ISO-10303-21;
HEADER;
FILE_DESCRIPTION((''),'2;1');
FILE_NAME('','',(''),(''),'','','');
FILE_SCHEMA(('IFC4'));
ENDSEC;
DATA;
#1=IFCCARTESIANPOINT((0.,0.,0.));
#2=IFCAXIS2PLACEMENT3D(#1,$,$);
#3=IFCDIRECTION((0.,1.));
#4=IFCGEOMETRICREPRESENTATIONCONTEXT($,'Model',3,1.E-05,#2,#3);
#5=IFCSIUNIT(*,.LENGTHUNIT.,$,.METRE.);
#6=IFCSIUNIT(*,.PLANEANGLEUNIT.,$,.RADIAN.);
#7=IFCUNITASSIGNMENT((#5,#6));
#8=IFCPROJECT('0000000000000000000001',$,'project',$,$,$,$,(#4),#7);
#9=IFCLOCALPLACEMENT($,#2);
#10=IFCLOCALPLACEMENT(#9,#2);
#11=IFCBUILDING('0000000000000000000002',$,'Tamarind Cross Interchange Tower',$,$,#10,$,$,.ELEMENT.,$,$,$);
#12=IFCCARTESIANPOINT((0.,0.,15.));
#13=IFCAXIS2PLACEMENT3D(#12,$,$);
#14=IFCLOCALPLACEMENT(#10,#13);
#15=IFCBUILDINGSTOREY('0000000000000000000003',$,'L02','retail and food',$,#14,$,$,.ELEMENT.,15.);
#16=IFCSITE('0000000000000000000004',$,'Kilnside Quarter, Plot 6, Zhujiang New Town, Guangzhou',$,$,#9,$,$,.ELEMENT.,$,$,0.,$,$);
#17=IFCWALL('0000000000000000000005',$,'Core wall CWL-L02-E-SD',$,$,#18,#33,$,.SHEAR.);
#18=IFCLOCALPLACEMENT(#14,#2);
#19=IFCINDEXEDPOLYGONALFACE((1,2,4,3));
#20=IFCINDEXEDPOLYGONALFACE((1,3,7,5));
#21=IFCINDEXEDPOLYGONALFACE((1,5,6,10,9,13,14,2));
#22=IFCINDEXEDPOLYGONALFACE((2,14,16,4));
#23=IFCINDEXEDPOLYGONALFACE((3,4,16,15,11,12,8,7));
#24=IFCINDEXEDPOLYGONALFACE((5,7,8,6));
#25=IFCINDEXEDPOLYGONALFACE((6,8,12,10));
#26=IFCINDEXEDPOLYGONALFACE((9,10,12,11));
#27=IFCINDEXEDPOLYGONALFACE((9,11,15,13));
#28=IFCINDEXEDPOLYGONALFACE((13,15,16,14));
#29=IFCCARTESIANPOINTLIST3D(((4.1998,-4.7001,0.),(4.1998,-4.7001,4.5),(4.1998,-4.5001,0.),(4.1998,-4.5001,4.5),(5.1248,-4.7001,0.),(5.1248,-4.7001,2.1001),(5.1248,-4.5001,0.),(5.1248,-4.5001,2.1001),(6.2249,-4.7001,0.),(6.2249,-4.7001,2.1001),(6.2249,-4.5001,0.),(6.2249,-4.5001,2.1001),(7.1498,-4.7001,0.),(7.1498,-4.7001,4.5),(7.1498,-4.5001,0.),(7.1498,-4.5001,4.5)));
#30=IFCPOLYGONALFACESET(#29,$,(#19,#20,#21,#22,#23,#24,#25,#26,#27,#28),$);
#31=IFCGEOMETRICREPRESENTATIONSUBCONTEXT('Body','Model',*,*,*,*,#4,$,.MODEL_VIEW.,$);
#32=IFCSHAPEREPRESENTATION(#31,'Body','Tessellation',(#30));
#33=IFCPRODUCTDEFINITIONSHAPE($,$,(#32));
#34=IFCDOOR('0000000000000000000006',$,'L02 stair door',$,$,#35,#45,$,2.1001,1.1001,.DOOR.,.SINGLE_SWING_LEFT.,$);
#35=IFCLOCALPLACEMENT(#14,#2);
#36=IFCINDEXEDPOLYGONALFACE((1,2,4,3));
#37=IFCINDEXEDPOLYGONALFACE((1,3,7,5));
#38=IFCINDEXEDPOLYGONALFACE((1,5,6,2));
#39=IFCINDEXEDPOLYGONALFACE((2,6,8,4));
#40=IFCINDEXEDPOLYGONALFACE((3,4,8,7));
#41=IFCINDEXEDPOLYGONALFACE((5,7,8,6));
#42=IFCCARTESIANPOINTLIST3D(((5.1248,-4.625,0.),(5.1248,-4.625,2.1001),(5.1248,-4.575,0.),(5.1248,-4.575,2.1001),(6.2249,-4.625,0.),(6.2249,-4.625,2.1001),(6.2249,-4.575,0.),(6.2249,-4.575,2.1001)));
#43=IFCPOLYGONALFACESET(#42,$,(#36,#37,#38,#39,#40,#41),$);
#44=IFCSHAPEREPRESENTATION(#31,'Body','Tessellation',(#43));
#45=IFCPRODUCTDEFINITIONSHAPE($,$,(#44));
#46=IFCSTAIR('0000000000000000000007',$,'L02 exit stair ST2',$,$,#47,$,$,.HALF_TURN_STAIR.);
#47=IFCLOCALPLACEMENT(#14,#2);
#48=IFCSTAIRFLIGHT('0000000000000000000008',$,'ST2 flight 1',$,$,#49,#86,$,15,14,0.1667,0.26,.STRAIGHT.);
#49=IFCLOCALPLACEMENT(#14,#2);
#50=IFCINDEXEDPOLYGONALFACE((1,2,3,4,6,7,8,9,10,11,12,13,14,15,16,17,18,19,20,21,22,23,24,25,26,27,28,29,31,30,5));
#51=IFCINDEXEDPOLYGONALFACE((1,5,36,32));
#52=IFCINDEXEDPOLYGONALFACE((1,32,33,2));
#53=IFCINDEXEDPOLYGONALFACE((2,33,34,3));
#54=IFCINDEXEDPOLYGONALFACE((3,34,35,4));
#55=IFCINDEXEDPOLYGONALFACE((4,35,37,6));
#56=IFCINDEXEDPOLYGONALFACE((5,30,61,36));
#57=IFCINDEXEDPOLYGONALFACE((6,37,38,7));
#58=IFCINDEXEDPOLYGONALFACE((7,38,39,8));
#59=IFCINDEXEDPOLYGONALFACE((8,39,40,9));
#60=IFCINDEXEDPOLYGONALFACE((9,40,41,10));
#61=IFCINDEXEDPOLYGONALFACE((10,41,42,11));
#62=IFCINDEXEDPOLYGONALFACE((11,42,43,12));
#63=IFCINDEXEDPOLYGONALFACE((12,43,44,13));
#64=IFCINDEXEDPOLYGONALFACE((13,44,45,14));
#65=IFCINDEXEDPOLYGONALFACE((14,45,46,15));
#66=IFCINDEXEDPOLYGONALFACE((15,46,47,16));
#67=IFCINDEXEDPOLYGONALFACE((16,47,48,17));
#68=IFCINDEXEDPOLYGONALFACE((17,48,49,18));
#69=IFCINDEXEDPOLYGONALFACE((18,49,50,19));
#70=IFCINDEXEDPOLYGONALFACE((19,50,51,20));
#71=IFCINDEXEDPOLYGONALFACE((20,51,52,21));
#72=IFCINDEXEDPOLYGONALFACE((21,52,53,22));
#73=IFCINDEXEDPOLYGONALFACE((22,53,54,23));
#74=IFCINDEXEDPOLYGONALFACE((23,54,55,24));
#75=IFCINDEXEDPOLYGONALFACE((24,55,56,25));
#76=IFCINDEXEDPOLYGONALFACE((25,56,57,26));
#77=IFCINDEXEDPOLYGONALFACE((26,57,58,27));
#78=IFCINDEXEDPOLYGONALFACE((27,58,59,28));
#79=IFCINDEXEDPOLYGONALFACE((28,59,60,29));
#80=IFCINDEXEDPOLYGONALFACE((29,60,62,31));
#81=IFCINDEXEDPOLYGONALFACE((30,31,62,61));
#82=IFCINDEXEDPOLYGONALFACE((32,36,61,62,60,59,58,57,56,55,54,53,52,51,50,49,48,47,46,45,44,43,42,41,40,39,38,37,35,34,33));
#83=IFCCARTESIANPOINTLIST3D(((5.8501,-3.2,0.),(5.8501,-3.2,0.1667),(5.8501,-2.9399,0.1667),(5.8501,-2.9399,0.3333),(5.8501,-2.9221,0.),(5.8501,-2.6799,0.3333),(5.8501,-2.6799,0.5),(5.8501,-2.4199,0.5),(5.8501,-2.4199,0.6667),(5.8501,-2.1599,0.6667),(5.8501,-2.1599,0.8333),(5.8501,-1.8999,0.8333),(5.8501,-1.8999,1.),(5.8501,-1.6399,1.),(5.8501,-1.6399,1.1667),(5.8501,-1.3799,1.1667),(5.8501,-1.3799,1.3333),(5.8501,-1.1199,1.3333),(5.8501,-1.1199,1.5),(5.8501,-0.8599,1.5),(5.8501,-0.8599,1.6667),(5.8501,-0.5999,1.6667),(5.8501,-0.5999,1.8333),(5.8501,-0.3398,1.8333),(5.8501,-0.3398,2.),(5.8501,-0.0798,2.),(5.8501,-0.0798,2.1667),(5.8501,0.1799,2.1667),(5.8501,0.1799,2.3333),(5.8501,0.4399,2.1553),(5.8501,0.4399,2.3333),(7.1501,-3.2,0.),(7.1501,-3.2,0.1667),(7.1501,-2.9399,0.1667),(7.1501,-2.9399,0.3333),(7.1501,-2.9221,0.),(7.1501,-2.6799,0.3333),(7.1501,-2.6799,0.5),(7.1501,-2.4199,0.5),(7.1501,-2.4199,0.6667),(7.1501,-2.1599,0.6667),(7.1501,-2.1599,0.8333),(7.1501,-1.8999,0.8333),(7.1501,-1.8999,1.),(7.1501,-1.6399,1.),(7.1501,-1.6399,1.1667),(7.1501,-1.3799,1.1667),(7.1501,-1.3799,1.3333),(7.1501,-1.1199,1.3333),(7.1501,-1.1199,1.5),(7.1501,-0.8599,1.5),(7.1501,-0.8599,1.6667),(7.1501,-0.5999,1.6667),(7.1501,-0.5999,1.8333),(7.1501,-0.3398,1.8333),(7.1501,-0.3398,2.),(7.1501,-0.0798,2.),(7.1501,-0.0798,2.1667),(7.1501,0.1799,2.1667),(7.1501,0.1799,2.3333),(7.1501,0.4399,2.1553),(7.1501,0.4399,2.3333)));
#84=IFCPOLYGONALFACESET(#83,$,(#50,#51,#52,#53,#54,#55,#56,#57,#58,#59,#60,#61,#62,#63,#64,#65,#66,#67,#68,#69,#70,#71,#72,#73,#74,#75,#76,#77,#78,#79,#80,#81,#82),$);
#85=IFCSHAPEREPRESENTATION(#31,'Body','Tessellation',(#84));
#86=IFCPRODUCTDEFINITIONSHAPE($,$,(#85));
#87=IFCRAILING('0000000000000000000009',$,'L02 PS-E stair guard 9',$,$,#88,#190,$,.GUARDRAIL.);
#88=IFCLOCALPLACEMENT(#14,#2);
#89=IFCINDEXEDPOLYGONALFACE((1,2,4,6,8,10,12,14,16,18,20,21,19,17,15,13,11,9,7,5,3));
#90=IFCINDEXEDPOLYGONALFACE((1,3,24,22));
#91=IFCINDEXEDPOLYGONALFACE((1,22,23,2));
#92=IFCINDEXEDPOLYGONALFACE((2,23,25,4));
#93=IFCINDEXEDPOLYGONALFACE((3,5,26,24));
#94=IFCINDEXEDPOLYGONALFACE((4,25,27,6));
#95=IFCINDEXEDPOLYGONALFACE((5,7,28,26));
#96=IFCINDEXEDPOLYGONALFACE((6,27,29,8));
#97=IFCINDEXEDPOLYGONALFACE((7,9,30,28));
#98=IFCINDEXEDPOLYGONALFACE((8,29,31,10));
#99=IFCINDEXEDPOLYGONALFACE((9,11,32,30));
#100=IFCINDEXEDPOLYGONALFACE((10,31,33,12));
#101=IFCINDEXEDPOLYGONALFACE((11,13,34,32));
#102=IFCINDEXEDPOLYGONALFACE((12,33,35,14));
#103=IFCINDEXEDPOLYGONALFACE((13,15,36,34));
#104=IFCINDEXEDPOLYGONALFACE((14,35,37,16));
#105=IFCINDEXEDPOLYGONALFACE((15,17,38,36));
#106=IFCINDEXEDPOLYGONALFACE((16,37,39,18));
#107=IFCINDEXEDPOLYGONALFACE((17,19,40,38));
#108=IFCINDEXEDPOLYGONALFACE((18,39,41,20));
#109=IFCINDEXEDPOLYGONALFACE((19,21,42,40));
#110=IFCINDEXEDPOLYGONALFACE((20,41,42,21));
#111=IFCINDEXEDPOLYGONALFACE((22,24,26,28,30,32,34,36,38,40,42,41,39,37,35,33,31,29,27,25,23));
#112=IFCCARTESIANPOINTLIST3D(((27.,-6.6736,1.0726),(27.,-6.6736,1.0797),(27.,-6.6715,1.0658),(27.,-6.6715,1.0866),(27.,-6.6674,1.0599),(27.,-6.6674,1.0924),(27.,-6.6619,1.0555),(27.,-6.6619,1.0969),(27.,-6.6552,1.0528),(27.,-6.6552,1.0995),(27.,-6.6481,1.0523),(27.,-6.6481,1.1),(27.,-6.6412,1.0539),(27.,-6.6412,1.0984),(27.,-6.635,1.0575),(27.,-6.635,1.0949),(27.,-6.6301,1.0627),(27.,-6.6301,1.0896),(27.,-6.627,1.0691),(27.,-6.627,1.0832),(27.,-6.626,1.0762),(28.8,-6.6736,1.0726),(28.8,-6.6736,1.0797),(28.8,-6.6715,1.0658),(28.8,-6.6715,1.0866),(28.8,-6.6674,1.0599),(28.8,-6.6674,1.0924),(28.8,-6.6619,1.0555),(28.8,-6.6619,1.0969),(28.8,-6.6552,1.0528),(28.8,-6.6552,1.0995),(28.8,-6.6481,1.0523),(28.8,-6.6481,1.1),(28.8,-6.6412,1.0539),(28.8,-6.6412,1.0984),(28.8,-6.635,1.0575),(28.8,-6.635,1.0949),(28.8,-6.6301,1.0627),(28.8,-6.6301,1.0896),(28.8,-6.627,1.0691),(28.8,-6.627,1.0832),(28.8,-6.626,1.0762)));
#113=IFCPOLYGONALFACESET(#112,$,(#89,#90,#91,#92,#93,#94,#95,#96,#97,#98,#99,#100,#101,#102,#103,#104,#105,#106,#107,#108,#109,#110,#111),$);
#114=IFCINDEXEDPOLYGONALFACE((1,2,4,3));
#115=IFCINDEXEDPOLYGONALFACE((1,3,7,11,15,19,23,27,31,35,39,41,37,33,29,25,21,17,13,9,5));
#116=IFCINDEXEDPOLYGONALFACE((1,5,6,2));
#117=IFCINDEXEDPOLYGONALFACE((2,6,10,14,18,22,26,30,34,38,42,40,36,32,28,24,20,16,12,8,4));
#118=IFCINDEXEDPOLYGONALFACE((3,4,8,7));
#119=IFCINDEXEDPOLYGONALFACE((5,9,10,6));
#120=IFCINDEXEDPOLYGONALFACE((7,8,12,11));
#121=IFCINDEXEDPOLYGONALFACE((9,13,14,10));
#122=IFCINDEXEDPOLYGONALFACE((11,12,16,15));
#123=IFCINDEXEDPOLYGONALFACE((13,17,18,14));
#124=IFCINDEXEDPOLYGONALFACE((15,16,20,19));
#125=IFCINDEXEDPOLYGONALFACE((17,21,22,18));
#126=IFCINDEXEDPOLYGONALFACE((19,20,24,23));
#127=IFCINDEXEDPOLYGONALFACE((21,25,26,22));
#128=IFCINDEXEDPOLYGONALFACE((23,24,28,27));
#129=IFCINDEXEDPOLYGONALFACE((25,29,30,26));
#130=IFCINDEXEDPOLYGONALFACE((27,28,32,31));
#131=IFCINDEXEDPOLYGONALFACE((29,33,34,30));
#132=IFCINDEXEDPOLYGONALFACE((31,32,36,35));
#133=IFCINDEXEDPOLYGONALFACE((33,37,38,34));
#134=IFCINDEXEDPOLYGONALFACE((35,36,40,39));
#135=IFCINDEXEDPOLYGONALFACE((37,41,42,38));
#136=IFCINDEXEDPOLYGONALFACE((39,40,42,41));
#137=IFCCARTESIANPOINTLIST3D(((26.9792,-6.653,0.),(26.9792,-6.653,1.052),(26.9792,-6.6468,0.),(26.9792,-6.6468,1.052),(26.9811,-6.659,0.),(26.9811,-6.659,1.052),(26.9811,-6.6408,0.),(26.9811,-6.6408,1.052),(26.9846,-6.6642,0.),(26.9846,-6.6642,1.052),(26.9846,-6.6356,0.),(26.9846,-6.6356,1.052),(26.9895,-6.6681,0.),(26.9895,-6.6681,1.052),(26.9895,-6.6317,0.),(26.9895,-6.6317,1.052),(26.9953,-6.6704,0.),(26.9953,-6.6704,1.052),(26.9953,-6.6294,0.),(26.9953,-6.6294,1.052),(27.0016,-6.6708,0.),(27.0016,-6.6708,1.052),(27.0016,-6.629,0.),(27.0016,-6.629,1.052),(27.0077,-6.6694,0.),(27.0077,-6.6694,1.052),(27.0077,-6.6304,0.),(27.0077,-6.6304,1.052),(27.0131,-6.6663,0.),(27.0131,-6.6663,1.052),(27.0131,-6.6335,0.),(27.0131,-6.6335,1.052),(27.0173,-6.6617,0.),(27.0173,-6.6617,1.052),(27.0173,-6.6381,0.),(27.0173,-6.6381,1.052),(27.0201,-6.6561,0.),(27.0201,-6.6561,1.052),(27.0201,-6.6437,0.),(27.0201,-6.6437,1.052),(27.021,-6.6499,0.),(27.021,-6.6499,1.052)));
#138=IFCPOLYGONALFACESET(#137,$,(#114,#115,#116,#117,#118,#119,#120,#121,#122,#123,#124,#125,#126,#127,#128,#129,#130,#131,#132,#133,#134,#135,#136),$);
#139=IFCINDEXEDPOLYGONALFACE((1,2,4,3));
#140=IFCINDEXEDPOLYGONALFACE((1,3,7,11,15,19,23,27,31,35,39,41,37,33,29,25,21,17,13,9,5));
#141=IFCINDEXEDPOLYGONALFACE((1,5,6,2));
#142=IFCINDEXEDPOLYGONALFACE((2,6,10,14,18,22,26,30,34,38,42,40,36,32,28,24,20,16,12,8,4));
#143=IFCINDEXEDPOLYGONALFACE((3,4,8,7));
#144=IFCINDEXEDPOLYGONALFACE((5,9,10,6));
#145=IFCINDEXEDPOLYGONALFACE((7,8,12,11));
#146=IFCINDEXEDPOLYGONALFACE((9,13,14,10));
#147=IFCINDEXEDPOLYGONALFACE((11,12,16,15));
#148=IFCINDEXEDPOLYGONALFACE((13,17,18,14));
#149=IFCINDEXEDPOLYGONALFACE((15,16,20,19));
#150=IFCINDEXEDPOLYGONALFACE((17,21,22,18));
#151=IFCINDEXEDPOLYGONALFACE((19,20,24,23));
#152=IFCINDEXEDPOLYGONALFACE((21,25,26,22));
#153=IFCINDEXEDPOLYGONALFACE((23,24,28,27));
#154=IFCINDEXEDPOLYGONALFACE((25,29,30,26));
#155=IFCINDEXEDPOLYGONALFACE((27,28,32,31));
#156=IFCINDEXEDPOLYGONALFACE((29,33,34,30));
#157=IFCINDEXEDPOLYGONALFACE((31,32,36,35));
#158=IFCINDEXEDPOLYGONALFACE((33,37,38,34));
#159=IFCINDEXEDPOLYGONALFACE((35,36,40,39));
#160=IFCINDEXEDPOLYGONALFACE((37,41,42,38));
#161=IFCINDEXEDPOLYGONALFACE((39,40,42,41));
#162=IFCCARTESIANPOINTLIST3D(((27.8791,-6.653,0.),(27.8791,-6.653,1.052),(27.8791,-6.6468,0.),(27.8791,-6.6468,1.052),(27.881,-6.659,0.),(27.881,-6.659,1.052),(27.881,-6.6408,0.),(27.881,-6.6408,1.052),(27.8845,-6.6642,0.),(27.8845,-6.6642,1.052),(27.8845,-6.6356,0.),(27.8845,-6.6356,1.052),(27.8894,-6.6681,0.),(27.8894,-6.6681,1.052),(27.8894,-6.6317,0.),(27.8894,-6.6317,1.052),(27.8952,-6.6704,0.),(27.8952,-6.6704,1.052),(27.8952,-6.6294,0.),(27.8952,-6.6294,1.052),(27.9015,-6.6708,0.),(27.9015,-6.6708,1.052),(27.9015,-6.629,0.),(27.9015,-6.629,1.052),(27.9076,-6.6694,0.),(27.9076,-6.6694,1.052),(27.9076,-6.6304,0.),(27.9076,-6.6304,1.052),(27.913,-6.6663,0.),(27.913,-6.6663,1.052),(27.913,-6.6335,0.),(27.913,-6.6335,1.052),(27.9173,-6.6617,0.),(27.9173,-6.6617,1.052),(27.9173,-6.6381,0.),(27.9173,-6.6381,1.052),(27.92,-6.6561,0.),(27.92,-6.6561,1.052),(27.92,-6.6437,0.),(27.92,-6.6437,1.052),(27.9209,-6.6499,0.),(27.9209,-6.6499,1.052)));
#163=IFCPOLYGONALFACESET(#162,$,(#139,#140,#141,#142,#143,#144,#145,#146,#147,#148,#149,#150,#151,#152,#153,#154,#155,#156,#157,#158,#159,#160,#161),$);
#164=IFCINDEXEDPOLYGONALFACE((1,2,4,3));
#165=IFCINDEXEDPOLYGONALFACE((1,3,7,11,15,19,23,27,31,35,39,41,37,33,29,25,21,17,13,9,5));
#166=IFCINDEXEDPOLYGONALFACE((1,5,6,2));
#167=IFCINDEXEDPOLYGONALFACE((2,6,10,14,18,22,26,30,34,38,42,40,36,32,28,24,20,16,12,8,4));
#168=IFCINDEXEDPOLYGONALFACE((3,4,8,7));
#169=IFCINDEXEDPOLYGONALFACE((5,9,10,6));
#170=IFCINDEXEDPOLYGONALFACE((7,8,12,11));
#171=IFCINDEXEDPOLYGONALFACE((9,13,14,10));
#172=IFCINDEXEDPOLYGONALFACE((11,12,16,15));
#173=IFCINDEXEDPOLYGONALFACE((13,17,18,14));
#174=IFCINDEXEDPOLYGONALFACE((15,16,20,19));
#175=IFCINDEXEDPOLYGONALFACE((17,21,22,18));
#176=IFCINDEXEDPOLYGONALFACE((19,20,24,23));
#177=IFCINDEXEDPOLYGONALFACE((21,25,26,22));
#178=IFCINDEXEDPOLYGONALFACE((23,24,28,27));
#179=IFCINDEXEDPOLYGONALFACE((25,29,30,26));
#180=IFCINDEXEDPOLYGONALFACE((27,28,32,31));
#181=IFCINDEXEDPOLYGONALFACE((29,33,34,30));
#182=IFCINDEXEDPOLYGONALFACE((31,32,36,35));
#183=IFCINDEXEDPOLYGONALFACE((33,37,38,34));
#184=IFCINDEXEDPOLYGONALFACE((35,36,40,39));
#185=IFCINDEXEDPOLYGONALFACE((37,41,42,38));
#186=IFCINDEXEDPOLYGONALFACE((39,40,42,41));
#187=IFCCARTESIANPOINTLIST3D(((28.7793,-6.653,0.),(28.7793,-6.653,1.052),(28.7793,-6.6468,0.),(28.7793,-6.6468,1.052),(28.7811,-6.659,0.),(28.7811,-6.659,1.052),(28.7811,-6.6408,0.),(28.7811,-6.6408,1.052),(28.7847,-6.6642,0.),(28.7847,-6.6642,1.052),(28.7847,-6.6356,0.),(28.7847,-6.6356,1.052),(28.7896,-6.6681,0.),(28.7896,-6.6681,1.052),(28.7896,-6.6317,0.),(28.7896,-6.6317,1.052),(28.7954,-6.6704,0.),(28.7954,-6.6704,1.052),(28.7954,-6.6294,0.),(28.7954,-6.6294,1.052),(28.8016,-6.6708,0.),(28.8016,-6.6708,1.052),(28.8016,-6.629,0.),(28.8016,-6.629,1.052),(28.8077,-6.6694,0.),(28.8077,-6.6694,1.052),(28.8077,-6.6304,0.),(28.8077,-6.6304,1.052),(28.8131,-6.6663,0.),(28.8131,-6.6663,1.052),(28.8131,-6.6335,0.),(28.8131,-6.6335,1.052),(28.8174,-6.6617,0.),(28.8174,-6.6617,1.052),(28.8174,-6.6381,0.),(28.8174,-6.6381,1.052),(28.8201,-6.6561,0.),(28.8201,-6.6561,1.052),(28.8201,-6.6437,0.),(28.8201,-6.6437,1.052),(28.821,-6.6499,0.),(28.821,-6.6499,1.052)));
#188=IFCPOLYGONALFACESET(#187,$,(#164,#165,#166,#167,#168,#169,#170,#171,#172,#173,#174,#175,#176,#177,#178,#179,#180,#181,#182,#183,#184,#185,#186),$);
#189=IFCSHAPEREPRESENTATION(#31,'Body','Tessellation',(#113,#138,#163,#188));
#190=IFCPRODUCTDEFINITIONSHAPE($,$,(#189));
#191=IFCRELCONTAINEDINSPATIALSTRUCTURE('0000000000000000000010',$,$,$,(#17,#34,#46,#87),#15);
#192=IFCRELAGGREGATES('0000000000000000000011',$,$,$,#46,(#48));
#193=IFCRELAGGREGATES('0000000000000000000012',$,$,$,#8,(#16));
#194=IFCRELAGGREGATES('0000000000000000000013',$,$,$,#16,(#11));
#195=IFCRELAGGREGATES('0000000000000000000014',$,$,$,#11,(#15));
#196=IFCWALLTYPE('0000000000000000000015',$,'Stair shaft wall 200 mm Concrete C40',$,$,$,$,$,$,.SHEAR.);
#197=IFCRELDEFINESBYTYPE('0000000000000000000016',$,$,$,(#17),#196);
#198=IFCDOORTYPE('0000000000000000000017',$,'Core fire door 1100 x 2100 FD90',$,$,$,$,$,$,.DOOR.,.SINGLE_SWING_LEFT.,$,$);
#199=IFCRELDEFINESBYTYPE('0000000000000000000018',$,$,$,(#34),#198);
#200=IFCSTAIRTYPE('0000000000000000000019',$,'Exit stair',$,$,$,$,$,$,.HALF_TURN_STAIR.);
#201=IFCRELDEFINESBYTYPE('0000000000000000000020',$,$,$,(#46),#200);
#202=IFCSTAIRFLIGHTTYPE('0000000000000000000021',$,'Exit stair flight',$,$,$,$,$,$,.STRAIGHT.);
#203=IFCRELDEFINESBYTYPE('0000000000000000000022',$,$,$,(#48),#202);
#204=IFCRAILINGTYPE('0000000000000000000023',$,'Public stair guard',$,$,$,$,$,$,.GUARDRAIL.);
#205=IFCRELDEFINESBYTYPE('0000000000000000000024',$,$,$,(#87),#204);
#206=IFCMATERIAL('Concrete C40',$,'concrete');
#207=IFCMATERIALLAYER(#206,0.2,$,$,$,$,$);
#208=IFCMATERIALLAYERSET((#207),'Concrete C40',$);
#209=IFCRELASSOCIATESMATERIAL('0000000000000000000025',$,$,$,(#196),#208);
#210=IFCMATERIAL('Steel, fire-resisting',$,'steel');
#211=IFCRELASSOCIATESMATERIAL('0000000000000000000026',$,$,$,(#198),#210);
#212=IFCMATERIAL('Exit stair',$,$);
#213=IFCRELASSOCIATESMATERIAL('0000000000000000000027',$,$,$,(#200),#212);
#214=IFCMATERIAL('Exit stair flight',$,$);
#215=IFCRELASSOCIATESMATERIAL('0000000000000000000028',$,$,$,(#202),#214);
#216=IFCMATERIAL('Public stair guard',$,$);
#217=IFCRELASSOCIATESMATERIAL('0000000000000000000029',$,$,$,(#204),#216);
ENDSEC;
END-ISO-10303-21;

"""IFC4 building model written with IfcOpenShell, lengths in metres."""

from ifc_helpers import new_model, si_unit, direction, frame, frame_2d, origin, origin_2d, place, context, subcontext, project, spatial, polyline, rectangle, circle, outline, extrude, material, layer, layer_set, type_object, element, fill, aggregate, save


model = new_model("IFC4")

# Units and contexts
model_context = context("Model", 3, precision=1e-05, world=origin(), true_north=direction((0.0, 1.0)))
body_context = subcontext(model_context, "Body", "Model", "MODEL_VIEW")
ifc_project = project(units=[si_unit("LENGTHUNIT", "METRE"), si_unit("PLANEANGLEUNIT", "RADIAN")], contexts=[model_context])

# Site, building, storey
site_placement = place(None, origin())
site = spatial("IfcSite", under=ifc_project, at=site_placement, Name="Kilnside Quarter, Plot 6, Zhujiang New Town, Guangzhou", CompositionType="ELEMENT", RefElevation=0.0)
building_placement = place(site_placement, origin())
building = spatial("IfcBuilding", under=site, at=building_placement, Name="Tamarind Cross Interchange Tower", CompositionType="ELEMENT")
storey_placement = place(building_placement, frame((0.0, 0.0, 15.0)))
storey = spatial("IfcBuildingStorey", under=building, at=storey_placement, Name="L02", Description="retail and food", CompositionType="ELEMENT", Elevation=15.0)

# Wall, opening, door
ifc_material_1 = material(Name="Concrete C40", Category="concrete")
ifc_layer_1 = layer(ifc_material_1, 0.2)
ifc_layer_set_1 = layer_set([ifc_layer_1], Name="Concrete C40")
wall_type_1 = type_object("IfcWallType", Name="Stair shaft wall 200 mm Concrete C40", PredefinedType="SHEAR", material=ifc_layer_set_1)
wall_1_placement = place(storey_placement, frame((7.1499, -4.6001, 0.0), z_axis=(0.0, 0.0, 1.0), x_axis=(-1.0, 0.0, 0.0)))
wall_1 = element("IfcWall", 1, at=wall_1_placement, inside=storey, type_object=wall_type_1, Name="Core wall CWL-L02-E-SD", PredefinedType="SHEAR", context=body_context, shape_type="SweptSolid", body=[
    extrude(rectangle(XDim=2.95, YDim=0.2, at=frame_2d((1.4751, 0.0))), origin(), (0.0, 0.0, 1.0), 4.5),
])
opening_1_placement = place(wall_1_placement, frame((0.925, 0.0, 0.0)))
opening_1 = element("IfcOpeningElement", 2, at=opening_1_placement, cuts=wall_1, PredefinedType="OPENING", context=body_context, shape_type="SweptSolid", body=[
    extrude(rectangle(XDim=1.1001, YDim=2.1001, at=frame_2d((0.55, 1.05))), frame((0.0, 0.1099, 0.0), z_axis=(0.0, -1.0, 0.0), x_axis=(1.0, 0.0, 0.0)), (0.0, 0.0, 1.0), 0.22),
])
ifc_material_2 = material(Name="Steel, fire-resisting", Category="steel")
door_type_1 = type_object("IfcDoorType", Name="Core fire door 1100 x 2100 FD90", OperationType="SINGLE_SWING_LEFT", PredefinedType="DOOR", material=ifc_material_2)
door_1_placement = place(opening_1_placement, origin())
door_1 = element("IfcDoor", 3, at=door_1_placement, inside=storey, type_object=door_type_1, Name="L02 stair door", OperationType="SINGLE_SWING_LEFT", OverallHeight=2.1001, OverallWidth=1.1001, PredefinedType="DOOR", context=body_context, shape_type="SweptSolid", body=[
    extrude(rectangle(XDim=1.1001, YDim=2.1001, at=frame_2d((0.55, 1.05))), frame((0.0, 0.0249, 0.0), z_axis=(0.0, -1.0, 0.0), x_axis=(1.0, 0.0, 0.0)), (0.0, 0.0, 1.0), 0.05),
])
fill(opening_1, door_1)

# Stair, stair flight
ifc_material_3 = material(Name="Exit stair")
stair_type = type_object("IfcStairType", Name="Exit stair", PredefinedType="HALF_TURN_STAIR", material=ifc_material_3)
stair_placement = place(storey_placement, origin())
stair = element("IfcStair", 4, at=stair_placement, inside=storey, type_object=stair_type, Name="L02 exit stair ST2", PredefinedType="HALF_TURN_STAIR")
ifc_material_4 = material(Name="Exit stair flight")
stair_flight_type = type_object("IfcStairFlightType", Name="Exit stair flight", PredefinedType="STRAIGHT", material=ifc_material_4)
stair_flight_placement = place(storey_placement, frame((6.5, -3.2, 0.0), z_axis=(0.0, 0.0, 1.0), x_axis=(0.0, 1.0, 0.0)))
stair_flight = element("IfcStairFlight", 5, at=stair_flight_placement, type_object=stair_flight_type, Name="ST2 flight 1", NumberOfRisers=15, NumberOfTreads=14, PredefinedType="STRAIGHT", RiserHeight=0.1667, TreadLength=0.26, context=body_context, shape_type="SweptSolid", body=[
    extrude(outline(polyline([(0.0, 0.0), (0.0, 0.1667), (0.26, 0.1667), (0.26, 0.3333), (0.52, 0.3333), (0.52, 0.5), (0.78, 0.5), (0.78, 0.6667), (1.04, 0.6667), (1.04, 0.8333), (1.3, 0.8333), (1.3, 1.0), (1.5601, 1.0), (1.5601, 1.1667), (1.8201, 1.1667), (1.8201, 1.3333), (2.0801, 1.3333), (2.0801, 1.5), (2.3401, 1.5), (2.3401, 1.6667), (2.6001, 1.6667), (2.6001, 1.8333), (2.8601, 1.8333), (2.8601, 2.0), (3.1201, 2.0), (3.1201, 2.1667), (3.3799, 2.1667), (3.3799, 2.3333), (3.6399, 2.3333), (3.6399, 2.5), (3.6399, 2.1553), (0.2778, 0.0), (0.0, 0.0)])), frame((0.0, 0.6499, 0.0), z_axis=(0.0, -1.0, 0.0), x_axis=(1.0, 0.0, 0.0)), (0.0, 0.0, 1.0), 1.3),
])
aggregate(stair, [stair_flight])

# Railing
ifc_material_5 = material(Name="Public stair guard")
railing_type_1 = type_object("IfcRailingType", Name="Public stair guard", PredefinedType="GUARDRAIL", material=ifc_material_5)
railing_1_placement = place(storey_placement, frame((27.0, -6.6499, 0.0)))
element("IfcRailing", 6, at=railing_1_placement, inside=storey, type_object=railing_type_1, Name="L02 PS-E stair guard 9", PredefinedType="GUARDRAIL", context=body_context, shape_type="SweptSolid", body=[
    extrude(circle(Radius=0.0239, at=origin_2d()), frame((0.0, 0.0, 1.0762), z_axis=(1.0, 0.0, 0.0), x_axis=(0.0, 1.0, 0.0)), (0.0, 0.0, 1.0), 1.8),
    extrude(circle(Radius=0.021, at=origin_2d()), origin(), (0.0, 0.0, 1.0), 1.052),
    extrude(circle(Radius=0.021, at=origin_2d()), frame((0.8999, 0.0, 0.0)), (0.0, 0.0, 1.0), 1.052),
    extrude(circle(Radius=0.021, at=origin_2d()), frame((1.8, 0.0, 0.0)), (0.0, 0.0, 1.0), 1.052),
])

save(model, "model.ifc")
